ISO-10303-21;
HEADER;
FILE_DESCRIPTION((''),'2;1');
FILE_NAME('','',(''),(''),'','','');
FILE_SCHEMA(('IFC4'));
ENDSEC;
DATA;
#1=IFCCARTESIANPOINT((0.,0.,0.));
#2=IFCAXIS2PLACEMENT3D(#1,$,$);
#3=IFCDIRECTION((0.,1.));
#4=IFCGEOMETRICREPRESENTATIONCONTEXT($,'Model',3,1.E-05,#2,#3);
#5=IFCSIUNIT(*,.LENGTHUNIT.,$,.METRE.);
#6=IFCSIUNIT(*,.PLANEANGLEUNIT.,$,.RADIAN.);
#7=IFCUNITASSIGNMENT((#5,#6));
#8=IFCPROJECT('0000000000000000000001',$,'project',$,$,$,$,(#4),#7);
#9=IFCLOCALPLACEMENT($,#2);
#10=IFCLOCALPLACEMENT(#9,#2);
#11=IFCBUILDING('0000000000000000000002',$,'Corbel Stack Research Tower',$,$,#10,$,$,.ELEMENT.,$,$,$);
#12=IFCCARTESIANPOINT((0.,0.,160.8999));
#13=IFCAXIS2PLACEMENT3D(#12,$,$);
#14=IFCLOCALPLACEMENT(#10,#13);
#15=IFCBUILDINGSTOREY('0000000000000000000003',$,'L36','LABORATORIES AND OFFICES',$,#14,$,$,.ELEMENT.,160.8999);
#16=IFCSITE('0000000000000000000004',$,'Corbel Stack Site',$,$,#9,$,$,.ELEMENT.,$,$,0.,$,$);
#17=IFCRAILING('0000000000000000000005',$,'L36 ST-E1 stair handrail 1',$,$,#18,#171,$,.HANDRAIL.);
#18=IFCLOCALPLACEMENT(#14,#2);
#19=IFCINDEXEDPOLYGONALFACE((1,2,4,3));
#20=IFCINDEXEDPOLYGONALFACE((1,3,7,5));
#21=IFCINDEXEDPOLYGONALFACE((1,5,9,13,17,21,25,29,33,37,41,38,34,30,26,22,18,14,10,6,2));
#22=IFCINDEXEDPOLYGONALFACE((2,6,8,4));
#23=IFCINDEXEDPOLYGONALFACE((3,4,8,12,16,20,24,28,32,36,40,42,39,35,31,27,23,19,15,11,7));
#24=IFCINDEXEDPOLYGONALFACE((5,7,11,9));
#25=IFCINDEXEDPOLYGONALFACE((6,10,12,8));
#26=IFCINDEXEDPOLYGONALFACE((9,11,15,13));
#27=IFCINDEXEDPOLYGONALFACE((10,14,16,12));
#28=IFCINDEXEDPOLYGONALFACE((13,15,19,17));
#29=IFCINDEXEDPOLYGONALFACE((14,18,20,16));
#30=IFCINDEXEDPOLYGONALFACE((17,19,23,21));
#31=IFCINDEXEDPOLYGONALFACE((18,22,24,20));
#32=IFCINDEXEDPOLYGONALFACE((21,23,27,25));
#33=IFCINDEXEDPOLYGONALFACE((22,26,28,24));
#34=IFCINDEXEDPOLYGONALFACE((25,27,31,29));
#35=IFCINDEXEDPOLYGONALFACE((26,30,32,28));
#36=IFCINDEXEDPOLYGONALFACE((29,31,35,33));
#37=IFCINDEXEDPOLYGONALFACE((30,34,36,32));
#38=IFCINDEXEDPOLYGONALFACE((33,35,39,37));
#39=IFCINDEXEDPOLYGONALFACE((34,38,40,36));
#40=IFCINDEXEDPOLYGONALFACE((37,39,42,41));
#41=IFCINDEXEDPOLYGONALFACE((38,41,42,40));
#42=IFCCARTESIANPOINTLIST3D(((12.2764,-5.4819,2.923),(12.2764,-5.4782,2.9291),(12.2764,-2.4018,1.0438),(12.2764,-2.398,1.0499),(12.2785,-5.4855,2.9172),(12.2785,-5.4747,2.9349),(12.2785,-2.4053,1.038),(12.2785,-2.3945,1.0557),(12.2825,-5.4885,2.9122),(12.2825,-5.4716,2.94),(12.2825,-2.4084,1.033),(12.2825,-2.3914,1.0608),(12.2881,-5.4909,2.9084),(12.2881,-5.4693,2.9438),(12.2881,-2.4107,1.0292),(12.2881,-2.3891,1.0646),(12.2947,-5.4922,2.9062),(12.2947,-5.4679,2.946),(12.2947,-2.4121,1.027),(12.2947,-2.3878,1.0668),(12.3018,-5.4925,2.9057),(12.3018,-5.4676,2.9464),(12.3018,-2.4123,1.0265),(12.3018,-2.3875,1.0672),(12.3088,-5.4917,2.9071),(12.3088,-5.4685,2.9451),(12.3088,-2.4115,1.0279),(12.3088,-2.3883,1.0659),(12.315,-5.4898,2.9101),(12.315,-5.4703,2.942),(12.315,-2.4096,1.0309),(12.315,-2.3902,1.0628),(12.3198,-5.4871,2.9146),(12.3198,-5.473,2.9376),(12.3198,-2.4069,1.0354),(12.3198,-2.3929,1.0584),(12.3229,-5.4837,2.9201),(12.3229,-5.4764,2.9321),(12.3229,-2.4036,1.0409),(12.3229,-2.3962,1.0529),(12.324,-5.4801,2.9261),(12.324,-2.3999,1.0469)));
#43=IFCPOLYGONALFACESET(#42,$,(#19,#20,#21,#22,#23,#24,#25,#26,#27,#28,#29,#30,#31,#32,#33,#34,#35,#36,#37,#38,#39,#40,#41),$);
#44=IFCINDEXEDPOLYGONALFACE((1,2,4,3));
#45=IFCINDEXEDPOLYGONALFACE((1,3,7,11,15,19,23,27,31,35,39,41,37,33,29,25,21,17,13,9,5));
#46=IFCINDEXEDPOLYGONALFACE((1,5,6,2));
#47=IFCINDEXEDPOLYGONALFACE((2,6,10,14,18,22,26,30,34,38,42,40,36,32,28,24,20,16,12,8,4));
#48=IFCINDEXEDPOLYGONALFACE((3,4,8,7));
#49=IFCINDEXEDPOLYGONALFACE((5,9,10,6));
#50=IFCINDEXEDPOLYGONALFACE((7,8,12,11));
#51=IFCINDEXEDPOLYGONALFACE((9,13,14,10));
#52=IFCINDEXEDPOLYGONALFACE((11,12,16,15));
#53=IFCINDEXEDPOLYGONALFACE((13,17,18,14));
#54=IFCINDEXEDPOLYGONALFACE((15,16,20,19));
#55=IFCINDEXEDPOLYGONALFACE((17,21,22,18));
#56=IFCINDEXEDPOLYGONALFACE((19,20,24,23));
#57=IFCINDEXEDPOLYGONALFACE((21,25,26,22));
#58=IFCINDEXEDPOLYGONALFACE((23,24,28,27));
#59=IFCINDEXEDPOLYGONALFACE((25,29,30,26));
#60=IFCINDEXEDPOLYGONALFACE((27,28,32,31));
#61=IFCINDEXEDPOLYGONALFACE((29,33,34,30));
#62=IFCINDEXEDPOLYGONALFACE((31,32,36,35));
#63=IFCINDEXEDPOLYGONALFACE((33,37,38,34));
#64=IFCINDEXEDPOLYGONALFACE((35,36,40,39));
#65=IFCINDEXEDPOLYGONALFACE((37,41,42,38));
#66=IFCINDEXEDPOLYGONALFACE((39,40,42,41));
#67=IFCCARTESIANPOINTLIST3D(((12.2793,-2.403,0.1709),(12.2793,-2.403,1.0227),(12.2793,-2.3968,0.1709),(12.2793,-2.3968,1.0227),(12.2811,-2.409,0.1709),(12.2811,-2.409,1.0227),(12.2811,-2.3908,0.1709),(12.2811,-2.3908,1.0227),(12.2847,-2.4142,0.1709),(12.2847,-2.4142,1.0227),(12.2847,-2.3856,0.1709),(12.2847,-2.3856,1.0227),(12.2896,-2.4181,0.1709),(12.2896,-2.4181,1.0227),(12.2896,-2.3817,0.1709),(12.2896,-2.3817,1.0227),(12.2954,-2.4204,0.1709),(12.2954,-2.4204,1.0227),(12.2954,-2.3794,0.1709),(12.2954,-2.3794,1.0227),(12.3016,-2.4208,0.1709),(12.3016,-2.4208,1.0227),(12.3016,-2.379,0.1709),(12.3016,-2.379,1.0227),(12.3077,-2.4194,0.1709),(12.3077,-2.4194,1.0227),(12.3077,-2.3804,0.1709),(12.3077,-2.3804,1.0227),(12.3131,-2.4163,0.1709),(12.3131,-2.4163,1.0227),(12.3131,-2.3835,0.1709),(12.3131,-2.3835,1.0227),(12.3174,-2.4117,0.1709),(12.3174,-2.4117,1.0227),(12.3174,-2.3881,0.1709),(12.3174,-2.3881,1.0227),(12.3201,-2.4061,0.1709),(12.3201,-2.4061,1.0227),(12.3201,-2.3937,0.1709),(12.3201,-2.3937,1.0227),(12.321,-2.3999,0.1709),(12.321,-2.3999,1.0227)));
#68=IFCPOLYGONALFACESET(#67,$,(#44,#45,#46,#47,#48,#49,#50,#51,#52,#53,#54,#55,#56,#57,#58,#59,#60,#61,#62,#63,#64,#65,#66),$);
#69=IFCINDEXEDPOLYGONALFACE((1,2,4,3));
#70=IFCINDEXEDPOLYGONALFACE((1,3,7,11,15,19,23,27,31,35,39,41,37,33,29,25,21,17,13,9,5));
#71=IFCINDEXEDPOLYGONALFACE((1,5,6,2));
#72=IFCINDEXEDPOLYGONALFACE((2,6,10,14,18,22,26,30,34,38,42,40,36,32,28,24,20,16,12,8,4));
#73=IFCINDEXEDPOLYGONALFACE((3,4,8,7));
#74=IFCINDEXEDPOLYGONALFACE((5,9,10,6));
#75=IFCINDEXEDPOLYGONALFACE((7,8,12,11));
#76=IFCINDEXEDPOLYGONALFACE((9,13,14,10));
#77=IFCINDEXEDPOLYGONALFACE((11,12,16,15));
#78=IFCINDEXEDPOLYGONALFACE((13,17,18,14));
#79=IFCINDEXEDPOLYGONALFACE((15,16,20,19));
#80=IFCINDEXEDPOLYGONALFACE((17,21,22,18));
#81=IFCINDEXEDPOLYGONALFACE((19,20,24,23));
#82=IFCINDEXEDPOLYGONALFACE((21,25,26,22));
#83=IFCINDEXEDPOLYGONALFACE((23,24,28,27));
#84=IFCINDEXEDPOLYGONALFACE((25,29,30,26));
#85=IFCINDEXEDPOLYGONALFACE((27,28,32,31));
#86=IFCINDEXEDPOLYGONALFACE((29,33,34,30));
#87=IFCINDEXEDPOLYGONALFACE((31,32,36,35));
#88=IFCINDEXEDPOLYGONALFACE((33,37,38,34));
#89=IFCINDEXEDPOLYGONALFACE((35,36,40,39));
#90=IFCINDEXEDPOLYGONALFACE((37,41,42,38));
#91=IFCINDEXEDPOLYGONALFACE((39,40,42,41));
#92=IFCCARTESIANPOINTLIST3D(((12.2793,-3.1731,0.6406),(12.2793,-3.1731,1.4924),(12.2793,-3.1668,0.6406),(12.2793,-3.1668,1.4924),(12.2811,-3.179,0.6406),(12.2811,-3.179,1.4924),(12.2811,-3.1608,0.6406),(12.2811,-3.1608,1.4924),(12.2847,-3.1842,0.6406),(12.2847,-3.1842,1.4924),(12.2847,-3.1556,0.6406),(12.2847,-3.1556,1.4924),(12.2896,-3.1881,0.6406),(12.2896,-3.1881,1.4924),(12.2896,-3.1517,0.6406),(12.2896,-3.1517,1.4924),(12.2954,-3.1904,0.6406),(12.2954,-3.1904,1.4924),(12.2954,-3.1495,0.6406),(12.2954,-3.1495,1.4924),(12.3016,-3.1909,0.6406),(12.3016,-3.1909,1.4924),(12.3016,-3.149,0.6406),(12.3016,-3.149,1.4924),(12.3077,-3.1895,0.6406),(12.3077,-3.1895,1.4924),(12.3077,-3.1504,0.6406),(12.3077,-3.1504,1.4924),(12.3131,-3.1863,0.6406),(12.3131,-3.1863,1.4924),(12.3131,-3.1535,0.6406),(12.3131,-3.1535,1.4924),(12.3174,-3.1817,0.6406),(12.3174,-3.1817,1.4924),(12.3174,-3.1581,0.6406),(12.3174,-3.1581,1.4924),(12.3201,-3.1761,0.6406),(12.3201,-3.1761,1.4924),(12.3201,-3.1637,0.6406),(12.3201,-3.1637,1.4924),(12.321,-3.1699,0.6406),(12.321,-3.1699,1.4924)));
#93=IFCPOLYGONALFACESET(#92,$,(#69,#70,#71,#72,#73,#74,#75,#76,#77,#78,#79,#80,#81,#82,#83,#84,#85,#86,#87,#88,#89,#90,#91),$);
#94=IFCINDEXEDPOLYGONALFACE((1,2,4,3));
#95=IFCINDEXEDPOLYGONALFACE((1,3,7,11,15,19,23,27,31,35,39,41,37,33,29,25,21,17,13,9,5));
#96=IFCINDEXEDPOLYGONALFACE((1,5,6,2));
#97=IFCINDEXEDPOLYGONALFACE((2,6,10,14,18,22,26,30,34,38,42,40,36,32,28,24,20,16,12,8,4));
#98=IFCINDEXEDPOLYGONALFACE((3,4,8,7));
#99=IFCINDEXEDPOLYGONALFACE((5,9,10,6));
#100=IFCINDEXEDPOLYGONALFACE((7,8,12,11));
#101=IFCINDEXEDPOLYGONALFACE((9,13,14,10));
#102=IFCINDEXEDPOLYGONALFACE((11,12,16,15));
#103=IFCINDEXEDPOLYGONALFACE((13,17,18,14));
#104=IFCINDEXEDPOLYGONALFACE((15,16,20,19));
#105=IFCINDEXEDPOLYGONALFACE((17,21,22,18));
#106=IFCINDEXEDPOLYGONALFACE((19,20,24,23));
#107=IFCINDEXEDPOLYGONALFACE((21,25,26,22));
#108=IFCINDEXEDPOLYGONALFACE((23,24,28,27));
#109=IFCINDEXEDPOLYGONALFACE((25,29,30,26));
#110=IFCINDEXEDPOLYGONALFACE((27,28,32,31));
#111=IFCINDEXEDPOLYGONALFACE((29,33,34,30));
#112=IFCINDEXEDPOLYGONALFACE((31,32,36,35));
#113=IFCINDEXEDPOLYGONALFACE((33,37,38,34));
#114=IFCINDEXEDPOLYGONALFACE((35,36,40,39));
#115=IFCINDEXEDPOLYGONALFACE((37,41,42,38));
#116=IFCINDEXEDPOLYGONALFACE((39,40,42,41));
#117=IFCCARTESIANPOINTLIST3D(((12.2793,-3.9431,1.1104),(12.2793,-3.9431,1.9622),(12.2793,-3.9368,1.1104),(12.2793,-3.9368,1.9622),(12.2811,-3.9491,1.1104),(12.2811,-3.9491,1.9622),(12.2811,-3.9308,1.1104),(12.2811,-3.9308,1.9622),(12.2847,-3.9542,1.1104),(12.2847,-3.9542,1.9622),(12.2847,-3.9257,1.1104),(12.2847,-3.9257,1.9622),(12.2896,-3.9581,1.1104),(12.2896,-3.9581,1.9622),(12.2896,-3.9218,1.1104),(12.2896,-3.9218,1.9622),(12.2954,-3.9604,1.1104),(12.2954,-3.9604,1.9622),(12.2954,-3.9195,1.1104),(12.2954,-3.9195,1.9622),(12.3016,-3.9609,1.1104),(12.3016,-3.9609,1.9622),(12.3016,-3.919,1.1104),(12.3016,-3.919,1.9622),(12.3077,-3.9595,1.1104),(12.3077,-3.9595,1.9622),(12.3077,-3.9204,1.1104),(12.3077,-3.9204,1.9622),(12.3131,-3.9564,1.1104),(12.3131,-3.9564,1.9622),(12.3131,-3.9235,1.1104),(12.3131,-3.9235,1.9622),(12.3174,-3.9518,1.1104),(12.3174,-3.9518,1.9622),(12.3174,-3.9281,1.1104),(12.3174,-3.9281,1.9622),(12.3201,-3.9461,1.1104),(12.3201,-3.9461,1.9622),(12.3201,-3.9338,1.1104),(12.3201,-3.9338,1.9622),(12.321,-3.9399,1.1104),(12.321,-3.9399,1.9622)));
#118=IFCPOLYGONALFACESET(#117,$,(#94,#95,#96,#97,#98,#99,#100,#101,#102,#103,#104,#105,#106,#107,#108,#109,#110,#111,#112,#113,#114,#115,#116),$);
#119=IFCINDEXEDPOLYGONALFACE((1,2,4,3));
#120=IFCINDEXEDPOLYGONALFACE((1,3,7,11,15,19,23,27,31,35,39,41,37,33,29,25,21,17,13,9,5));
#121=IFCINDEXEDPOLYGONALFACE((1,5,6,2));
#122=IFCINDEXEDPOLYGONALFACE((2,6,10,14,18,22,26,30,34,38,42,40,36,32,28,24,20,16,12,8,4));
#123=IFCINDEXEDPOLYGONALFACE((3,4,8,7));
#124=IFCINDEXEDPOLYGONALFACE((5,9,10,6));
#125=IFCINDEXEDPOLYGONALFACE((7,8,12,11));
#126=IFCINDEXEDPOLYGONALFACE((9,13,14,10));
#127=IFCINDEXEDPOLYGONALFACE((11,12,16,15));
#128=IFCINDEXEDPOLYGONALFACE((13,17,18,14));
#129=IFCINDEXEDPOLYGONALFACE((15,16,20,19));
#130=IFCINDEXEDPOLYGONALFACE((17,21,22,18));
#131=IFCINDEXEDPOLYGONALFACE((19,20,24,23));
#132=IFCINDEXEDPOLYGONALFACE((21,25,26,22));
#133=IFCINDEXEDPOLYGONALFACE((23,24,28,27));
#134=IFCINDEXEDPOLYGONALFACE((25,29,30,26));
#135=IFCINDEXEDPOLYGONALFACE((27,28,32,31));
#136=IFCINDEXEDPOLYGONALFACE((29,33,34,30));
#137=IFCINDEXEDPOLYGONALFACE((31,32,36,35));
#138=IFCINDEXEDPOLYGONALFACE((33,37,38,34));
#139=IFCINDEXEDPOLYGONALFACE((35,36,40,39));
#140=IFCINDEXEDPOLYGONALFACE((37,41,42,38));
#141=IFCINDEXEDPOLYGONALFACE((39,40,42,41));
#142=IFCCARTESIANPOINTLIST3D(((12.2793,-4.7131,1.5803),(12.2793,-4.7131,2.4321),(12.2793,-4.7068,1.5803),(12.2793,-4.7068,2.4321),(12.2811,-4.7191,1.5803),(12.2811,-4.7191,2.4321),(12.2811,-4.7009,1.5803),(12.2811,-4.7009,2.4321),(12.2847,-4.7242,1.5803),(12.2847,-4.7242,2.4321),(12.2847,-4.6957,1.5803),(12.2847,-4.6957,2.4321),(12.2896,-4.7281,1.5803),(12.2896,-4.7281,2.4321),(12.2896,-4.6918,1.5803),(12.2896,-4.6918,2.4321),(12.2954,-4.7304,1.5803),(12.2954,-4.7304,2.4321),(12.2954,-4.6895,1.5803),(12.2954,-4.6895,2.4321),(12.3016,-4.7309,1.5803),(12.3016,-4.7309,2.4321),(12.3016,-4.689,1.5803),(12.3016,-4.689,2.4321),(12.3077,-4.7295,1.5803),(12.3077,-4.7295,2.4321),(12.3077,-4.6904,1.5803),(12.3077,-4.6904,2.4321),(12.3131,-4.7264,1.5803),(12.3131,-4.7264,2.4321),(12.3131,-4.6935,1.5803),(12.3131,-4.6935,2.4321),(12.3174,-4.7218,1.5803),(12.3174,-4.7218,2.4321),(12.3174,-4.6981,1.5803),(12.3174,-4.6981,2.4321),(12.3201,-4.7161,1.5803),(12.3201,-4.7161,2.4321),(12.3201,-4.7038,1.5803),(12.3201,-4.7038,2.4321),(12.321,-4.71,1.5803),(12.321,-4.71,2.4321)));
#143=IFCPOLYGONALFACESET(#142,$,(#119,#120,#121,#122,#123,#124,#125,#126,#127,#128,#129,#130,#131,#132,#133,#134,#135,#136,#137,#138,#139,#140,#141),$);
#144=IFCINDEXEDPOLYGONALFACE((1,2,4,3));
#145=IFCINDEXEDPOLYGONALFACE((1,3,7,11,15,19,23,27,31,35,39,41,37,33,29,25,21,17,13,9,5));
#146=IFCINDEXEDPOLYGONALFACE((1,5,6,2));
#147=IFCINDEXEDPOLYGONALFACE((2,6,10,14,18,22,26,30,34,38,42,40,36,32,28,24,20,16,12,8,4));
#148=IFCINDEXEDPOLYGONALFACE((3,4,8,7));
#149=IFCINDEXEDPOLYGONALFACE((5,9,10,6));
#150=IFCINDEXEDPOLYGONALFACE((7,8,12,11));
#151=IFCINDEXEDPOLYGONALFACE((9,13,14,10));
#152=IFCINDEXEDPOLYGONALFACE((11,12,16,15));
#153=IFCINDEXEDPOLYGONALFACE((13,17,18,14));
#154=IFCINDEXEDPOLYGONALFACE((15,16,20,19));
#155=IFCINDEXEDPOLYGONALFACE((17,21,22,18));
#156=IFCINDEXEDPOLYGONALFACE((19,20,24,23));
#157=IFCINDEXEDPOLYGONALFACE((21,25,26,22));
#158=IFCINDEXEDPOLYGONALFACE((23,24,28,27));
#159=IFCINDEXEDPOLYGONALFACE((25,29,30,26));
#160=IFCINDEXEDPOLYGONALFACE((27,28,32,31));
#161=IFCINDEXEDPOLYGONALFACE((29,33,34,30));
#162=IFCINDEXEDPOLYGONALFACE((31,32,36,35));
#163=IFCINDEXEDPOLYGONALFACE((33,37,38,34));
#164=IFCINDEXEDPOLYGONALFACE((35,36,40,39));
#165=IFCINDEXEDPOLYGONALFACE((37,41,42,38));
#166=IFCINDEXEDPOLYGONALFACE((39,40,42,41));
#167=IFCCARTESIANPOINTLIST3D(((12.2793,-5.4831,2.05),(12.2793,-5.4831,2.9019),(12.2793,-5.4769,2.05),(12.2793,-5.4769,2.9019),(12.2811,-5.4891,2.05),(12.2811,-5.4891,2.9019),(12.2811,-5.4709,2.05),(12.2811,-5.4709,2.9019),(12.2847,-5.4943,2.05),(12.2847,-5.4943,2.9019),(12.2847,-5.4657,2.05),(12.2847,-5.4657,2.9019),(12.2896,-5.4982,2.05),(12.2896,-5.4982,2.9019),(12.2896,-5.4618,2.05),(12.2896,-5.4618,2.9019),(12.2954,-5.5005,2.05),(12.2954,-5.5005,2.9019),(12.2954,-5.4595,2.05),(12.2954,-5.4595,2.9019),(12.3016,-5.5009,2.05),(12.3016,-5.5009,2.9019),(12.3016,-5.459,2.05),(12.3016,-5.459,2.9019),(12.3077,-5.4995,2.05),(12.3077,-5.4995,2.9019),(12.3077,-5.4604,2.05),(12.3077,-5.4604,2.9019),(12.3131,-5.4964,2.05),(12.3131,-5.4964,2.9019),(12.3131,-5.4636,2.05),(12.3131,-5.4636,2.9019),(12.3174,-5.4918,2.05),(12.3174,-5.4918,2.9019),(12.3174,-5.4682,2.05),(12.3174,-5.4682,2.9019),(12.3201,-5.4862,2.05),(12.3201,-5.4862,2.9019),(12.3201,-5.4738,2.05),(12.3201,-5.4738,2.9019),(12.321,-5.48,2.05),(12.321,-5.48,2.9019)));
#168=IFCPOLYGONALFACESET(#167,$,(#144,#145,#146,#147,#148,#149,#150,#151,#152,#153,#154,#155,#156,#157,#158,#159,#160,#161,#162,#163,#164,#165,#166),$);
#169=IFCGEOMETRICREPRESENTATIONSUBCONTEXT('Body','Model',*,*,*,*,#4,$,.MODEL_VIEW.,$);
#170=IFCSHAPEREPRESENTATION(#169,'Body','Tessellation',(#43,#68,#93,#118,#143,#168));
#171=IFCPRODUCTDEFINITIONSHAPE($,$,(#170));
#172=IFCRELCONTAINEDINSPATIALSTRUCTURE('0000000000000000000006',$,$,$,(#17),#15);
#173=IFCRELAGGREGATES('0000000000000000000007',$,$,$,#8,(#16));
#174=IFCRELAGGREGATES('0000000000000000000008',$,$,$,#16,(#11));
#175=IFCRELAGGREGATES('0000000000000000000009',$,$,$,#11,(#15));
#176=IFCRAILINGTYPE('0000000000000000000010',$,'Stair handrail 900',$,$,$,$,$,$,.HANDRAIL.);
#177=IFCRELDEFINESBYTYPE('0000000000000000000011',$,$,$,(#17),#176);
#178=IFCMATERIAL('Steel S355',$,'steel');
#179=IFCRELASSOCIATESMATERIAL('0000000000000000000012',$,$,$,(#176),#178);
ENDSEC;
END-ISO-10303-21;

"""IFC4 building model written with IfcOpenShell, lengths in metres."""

from ifc_helpers import new_model, si_unit, direction, frame, origin, origin_2d, place, context, subcontext, project, spatial, circle, extrude, material, type_object, element, save


model = new_model("IFC4")

# Units and contexts
model_context = context("Model", 3, precision=1e-05, world=origin(), true_north=direction((0.0, 1.0)))
body_context = subcontext(model_context, "Body", "Model", "MODEL_VIEW")
ifc_project = project(units=[si_unit("LENGTHUNIT", "METRE"), si_unit("PLANEANGLEUNIT", "RADIAN")], contexts=[model_context])

# Site, building, storey
site_placement = place(None, origin())
site = spatial("IfcSite", under=ifc_project, at=site_placement, Name="Corbel Stack Site", CompositionType="ELEMENT", RefElevation=0.0)
building_placement = place(site_placement, origin())
building = spatial("IfcBuilding", under=site, at=building_placement, Name="Corbel Stack Research Tower", CompositionType="ELEMENT")
storey_placement = place(building_placement, frame((0.0, 0.0, 160.8999)))
storey = spatial("IfcBuildingStorey", under=building, at=storey_placement, Name="L36", Description="LABORATORIES AND OFFICES", CompositionType="ELEMENT", Elevation=160.8999)

# Railing
ifc_material_1 = material(Name="Steel S355", Category="steel")
railing_type_1 = type_object("IfcRailingType", Name="Stair handrail 900", PredefinedType="HANDRAIL", material=ifc_material_1)
railing_1_placement = place(storey_placement, frame((12.3, -2.3999, 0.1709)))
element("IfcRailing", 1, at=railing_1_placement, inside=storey, type_object=railing_type_1, Name="L36 ST-E1 stair handrail 1", PredefinedType="HANDRAIL", context=body_context, shape_type="SweptSolid", body=[
    extrude(circle(Radius=0.0239, at=origin_2d()), frame((0.0, 0.0, 0.876), z_axis=(0.0, -0.853666, 0.52082), x_axis=(1.0, 0.0, 0.0)), (0.0, 0.0, 1.0), 3.6082),
    extrude(circle(Radius=0.021, at=origin_2d()), origin(), (0.0, 0.0, 1.0), 0.8518),
    extrude(circle(Radius=0.021, at=origin_2d()), frame((0.0, -0.77, 0.4697)), (0.0, 0.0, 1.0), 0.8518),
    extrude(circle(Radius=0.021, at=origin_2d()), frame((0.0, -1.54, 0.9395)), (0.0, 0.0, 1.0), 0.8518),
    extrude(circle(Radius=0.021, at=origin_2d()), frame((0.0, -2.3101, 1.4094)), (0.0, 0.0, 1.0), 0.8518),
    extrude(circle(Radius=0.021, at=origin_2d()), frame((0.0, -3.0801, 1.8792)), (0.0, 0.0, 1.0), 0.8518),
])

save(model, "model.ifc")
